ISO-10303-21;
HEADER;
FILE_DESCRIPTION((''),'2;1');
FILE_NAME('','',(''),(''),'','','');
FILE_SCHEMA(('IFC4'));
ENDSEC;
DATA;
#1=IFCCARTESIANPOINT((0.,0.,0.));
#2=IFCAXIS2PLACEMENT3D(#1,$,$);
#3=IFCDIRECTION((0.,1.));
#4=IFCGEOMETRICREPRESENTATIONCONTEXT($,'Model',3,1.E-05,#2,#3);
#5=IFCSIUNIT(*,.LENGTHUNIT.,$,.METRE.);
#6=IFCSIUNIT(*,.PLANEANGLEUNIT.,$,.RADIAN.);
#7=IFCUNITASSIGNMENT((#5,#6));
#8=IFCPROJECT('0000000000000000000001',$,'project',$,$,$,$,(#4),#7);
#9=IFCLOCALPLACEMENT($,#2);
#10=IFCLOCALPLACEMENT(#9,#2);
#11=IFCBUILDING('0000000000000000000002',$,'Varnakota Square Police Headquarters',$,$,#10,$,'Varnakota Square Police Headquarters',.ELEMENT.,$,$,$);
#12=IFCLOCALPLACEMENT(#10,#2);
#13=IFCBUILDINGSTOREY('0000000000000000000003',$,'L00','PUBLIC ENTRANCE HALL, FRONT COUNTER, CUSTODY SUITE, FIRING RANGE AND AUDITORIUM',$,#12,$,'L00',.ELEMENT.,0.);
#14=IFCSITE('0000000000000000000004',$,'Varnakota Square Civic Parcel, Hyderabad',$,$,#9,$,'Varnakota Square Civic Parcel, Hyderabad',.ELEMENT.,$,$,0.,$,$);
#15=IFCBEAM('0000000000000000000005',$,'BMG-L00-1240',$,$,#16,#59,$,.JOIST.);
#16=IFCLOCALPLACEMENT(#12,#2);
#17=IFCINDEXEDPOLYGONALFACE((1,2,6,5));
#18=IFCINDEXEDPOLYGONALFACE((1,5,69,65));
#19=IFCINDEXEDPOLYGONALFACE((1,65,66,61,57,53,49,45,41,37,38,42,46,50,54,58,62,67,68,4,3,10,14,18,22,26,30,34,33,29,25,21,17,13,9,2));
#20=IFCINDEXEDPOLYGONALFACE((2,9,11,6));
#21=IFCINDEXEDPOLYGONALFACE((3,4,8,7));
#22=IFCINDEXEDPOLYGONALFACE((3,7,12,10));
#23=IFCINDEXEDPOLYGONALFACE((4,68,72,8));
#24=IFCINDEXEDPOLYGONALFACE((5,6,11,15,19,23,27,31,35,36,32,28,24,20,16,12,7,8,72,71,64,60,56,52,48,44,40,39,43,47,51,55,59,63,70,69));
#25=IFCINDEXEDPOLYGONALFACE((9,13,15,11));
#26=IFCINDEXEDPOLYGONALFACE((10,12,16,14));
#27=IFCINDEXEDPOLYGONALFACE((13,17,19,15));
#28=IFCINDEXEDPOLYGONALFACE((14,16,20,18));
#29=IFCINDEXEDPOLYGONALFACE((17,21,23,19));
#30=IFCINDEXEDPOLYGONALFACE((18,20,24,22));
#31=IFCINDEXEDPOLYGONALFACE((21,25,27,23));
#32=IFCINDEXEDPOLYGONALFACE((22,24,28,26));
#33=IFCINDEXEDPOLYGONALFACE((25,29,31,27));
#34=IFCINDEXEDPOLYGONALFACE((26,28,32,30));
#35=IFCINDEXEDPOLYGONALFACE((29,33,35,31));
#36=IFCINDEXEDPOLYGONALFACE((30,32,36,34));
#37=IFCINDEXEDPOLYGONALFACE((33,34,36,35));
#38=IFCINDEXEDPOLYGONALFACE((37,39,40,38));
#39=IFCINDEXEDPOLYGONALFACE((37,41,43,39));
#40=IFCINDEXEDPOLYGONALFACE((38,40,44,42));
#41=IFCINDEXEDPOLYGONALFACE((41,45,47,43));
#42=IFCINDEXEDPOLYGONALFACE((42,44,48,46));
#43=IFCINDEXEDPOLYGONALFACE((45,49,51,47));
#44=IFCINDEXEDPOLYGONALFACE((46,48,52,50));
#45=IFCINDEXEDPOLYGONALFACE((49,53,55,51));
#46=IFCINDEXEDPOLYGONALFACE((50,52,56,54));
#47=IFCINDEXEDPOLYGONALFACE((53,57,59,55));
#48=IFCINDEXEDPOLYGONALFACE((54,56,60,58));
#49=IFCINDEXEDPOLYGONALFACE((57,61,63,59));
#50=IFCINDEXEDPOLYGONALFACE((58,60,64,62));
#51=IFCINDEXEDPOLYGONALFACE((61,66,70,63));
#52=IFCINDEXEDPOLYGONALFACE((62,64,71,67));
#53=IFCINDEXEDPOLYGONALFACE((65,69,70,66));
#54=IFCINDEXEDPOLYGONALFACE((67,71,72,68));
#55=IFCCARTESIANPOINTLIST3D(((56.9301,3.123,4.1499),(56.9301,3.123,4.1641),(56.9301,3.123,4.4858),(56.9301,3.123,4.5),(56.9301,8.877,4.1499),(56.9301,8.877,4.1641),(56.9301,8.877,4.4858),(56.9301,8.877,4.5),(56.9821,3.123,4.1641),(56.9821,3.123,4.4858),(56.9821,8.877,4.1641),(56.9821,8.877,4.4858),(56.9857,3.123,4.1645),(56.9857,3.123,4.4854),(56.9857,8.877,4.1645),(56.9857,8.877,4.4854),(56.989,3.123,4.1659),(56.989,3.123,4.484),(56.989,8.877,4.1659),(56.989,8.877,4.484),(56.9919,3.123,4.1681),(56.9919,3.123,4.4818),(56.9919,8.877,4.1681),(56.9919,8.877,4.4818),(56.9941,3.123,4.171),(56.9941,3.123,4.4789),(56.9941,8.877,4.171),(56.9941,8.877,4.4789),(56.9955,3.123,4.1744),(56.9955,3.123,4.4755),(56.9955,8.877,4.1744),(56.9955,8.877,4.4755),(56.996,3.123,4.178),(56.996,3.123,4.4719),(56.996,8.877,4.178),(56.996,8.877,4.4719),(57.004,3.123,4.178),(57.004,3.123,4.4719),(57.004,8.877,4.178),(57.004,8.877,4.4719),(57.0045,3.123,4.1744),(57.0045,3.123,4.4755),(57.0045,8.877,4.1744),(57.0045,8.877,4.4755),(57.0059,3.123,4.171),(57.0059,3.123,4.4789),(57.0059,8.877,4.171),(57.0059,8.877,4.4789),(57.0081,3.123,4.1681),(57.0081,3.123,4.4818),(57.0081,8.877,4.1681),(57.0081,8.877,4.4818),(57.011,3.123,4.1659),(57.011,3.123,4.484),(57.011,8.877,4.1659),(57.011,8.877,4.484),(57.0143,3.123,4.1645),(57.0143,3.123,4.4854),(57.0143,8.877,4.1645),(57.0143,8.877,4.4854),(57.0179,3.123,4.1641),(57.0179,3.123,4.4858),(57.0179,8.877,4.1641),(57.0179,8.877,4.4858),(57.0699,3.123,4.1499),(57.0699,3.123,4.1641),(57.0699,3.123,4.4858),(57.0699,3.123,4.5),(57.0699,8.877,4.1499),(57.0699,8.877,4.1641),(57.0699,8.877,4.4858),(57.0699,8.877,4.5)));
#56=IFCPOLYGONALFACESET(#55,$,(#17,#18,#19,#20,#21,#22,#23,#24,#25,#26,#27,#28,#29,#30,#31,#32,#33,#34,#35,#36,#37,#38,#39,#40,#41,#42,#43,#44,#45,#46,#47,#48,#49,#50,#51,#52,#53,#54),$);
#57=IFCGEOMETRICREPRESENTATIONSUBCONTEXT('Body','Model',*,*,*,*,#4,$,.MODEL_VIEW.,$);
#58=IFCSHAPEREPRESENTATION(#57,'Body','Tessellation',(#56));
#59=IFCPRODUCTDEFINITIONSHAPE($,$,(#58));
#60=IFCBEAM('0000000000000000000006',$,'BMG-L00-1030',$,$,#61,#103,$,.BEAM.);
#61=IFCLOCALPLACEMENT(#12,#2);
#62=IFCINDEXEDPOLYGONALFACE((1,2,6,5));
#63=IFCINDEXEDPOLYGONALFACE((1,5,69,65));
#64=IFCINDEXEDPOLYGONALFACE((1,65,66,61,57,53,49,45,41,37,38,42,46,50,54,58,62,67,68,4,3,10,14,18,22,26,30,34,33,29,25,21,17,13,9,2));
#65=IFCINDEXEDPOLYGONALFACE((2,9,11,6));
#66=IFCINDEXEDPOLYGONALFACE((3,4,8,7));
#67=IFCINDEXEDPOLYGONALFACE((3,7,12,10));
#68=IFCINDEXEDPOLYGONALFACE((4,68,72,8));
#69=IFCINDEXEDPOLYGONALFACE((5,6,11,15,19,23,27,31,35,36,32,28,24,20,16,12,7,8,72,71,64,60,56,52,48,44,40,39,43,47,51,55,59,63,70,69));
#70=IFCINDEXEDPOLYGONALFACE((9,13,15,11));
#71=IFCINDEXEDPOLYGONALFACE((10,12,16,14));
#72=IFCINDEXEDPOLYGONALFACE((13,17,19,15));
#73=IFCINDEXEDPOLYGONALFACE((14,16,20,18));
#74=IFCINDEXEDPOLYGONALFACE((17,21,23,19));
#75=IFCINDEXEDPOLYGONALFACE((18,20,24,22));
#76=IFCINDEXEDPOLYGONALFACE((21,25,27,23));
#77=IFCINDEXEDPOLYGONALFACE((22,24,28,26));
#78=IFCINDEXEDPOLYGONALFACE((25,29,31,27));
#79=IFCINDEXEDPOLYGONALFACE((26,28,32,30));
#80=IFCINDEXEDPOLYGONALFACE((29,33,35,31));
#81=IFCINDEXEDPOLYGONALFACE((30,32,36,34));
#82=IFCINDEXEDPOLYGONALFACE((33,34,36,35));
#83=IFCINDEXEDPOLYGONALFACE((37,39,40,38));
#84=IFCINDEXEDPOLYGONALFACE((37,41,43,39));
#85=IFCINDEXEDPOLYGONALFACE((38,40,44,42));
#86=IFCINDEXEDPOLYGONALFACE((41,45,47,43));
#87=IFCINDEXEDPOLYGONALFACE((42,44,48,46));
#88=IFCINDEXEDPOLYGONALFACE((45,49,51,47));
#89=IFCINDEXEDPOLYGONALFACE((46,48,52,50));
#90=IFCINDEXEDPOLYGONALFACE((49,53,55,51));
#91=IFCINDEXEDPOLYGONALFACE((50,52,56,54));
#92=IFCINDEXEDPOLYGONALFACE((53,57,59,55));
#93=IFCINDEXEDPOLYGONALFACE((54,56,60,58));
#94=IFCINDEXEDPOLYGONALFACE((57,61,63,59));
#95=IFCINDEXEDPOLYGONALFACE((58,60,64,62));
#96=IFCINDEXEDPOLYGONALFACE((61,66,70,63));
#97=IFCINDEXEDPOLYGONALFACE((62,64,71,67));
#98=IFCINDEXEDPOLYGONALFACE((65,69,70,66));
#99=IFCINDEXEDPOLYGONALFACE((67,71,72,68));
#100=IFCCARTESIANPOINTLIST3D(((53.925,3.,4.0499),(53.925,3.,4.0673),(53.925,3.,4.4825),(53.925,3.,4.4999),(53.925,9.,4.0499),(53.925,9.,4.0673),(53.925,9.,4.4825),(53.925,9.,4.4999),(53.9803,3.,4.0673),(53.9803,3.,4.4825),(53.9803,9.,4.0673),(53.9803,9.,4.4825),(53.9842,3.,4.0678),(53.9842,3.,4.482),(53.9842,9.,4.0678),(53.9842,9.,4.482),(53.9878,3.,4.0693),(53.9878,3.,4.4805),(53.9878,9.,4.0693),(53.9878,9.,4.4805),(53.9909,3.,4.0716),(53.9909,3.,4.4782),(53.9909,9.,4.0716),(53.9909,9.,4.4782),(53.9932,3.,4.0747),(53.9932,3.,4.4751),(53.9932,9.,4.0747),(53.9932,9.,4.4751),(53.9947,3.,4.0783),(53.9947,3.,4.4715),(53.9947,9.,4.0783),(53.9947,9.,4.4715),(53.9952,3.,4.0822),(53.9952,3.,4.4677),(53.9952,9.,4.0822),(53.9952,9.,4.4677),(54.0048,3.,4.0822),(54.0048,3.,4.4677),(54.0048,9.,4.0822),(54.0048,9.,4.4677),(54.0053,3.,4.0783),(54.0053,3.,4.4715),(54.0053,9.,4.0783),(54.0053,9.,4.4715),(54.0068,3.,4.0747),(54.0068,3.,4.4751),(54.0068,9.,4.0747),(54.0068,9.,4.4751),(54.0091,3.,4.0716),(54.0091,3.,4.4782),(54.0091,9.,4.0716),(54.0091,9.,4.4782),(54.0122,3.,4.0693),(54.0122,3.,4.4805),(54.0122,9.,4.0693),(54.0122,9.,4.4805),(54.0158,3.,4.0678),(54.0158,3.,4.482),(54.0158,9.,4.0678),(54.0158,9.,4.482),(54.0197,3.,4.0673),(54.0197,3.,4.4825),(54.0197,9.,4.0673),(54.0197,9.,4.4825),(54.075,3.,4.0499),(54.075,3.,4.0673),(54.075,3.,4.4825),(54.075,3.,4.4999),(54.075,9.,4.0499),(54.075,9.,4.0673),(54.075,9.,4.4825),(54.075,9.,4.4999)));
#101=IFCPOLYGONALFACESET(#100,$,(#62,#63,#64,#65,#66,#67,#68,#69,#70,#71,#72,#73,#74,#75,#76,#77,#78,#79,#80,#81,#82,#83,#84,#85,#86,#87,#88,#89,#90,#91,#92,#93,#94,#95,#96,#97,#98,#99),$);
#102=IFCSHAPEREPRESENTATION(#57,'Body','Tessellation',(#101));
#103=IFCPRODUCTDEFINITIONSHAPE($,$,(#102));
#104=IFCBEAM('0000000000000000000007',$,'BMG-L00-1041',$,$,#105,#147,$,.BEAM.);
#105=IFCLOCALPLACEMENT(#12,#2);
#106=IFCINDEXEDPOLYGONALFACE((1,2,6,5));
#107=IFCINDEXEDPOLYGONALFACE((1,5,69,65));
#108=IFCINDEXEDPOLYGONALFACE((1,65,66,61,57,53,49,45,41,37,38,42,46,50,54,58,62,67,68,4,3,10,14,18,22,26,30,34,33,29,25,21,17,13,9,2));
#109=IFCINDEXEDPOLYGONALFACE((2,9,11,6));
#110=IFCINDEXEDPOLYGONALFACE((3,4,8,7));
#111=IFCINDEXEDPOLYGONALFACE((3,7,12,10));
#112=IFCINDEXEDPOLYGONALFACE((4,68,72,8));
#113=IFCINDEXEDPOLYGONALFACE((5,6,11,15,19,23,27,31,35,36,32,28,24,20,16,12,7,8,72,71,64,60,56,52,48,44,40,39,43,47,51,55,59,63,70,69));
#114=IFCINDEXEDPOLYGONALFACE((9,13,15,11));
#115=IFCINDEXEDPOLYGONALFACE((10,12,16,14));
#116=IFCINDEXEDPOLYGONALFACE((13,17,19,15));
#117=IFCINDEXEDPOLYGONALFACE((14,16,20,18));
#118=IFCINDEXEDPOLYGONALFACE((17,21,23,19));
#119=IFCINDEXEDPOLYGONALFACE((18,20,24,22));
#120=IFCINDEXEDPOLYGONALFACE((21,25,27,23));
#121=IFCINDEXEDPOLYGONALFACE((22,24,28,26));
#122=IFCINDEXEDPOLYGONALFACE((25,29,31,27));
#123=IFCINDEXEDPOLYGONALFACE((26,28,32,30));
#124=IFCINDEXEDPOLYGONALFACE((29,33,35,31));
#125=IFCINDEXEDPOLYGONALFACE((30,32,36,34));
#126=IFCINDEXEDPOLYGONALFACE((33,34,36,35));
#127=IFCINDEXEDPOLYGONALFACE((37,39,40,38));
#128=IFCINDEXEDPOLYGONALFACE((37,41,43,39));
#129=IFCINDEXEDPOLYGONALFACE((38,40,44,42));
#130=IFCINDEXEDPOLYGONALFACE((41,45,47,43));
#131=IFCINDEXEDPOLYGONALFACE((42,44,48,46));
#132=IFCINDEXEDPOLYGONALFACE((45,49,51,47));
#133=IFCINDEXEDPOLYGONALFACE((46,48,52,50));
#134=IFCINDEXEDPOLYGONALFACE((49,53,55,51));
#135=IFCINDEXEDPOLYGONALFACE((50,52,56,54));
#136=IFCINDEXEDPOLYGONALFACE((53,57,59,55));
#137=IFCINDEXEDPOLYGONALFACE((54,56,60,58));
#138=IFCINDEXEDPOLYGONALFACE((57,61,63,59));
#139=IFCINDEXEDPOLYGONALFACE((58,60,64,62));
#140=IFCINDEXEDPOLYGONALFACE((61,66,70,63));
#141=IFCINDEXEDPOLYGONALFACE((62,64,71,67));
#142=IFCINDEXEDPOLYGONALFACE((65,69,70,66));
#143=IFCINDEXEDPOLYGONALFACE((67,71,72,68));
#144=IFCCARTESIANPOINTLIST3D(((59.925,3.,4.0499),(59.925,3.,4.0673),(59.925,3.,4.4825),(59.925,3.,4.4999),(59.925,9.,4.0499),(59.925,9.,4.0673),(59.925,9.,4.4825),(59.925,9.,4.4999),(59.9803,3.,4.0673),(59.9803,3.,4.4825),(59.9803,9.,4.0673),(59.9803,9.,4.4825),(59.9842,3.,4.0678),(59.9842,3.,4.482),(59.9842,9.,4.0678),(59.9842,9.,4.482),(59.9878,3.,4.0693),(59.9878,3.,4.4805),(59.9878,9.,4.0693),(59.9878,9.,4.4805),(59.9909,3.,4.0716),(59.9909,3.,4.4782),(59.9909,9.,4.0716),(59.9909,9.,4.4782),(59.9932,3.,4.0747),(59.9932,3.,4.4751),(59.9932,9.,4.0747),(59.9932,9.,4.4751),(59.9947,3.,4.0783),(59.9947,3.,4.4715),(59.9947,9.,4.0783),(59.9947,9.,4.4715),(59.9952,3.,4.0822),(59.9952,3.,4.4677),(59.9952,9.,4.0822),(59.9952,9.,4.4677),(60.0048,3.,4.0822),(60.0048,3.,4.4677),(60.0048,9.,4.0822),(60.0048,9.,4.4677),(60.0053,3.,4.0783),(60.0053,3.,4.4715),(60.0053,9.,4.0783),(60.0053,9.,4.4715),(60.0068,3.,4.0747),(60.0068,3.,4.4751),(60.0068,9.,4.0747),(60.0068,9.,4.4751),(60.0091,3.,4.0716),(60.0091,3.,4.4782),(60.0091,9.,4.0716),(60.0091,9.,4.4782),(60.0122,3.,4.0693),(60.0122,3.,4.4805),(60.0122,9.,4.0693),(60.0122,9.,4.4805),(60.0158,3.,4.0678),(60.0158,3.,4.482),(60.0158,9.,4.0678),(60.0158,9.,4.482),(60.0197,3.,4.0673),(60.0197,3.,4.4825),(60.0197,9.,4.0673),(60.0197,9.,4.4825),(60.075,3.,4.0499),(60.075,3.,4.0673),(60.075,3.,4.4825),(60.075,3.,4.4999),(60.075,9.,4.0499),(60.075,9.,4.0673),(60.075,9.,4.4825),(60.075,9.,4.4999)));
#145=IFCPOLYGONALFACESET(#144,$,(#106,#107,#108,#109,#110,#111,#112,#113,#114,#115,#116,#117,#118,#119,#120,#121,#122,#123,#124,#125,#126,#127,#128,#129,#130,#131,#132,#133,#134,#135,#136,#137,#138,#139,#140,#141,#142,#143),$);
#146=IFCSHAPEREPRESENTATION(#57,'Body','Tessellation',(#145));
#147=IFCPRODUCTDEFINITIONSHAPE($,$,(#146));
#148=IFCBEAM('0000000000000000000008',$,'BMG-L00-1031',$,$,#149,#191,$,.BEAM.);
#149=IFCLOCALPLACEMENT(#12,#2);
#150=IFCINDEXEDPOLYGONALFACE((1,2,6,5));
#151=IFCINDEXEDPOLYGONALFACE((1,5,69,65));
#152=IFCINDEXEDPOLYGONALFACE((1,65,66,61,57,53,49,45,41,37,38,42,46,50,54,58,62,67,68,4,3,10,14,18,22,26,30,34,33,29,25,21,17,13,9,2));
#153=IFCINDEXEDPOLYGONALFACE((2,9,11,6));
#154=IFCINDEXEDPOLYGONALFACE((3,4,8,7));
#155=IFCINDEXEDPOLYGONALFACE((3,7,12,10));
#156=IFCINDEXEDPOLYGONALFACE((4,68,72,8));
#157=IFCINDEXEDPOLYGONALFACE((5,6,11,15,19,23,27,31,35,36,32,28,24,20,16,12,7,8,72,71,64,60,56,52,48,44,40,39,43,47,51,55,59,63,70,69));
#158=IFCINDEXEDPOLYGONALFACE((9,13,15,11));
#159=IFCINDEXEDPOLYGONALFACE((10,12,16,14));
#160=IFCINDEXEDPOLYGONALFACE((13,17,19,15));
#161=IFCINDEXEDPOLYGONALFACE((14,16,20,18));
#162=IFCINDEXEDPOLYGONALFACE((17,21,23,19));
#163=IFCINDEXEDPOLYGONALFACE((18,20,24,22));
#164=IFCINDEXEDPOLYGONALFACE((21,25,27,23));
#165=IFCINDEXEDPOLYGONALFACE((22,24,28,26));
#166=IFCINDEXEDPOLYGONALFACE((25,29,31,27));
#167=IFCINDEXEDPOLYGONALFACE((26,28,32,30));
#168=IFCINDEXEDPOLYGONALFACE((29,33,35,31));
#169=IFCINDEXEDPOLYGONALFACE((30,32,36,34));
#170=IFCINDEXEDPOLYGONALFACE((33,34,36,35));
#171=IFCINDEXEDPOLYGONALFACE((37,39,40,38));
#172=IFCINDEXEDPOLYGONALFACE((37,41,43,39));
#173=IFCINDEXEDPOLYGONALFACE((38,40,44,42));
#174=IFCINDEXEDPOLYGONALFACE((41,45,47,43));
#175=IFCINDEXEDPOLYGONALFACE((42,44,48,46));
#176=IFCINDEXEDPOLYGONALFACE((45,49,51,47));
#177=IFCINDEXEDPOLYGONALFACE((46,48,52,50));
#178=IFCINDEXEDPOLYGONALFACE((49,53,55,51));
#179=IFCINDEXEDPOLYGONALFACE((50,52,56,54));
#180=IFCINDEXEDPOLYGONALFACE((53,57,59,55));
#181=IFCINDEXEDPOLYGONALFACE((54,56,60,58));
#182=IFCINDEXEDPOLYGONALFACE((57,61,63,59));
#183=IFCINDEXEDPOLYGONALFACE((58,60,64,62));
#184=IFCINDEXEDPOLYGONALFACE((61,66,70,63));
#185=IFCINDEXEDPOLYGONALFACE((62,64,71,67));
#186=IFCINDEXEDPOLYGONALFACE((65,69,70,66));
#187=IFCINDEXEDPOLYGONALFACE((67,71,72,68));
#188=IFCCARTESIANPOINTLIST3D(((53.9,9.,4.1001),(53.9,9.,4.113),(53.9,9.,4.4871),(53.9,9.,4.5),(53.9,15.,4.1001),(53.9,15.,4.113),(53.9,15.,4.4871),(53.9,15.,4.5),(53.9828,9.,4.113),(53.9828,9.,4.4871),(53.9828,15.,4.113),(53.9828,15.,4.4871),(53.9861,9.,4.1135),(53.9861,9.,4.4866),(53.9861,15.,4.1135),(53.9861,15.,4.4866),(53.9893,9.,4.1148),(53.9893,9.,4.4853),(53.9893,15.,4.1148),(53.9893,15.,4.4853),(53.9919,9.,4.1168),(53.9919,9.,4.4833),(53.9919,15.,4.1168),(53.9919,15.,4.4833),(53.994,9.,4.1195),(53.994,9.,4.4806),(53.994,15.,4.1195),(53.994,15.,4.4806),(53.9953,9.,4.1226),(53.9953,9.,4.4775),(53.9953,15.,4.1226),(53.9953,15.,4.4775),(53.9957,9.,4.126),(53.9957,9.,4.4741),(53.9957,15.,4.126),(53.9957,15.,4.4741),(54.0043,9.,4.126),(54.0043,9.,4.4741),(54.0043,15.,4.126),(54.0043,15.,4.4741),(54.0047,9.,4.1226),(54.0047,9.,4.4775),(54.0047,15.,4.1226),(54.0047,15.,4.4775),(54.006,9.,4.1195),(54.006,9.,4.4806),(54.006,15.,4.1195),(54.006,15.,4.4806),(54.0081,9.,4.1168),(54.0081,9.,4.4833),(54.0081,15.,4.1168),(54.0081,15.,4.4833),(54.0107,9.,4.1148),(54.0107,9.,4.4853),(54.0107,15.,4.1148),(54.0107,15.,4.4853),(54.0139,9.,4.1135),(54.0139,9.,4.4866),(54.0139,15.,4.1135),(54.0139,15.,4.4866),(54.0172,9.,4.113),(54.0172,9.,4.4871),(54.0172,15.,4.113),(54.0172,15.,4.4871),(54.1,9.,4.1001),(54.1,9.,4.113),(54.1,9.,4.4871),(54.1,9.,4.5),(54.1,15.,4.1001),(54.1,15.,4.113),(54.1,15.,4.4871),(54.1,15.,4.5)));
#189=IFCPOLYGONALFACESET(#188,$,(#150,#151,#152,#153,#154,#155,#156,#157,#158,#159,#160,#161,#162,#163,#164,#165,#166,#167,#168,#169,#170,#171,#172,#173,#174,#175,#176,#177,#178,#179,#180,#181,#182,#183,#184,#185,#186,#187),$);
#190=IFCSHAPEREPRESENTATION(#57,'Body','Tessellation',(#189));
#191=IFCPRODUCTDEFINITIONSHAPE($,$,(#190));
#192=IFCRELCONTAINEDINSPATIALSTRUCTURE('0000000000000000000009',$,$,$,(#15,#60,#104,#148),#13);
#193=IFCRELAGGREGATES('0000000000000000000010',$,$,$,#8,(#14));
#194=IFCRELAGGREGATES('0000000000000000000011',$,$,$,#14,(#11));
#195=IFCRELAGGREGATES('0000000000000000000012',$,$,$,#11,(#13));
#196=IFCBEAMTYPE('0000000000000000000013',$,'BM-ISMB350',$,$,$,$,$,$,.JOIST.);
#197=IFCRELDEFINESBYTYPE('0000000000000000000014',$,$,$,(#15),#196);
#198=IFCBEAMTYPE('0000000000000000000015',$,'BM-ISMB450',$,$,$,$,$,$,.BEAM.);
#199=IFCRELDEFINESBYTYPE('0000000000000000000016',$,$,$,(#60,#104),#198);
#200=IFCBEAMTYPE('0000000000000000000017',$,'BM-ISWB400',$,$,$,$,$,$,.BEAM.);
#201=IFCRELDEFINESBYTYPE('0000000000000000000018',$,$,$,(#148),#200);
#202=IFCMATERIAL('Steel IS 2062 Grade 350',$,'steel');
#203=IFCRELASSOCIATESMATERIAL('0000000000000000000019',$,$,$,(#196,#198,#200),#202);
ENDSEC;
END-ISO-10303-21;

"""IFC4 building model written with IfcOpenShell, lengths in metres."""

from ifc_helpers import new_model, si_unit, direction, frame, origin, origin_2d, place, context, subcontext, project, spatial, i_section, extrude, material, material_profile, profile_set, type_object, element, save


model = new_model("IFC4")

# Units and contexts
model_context = context("Model", 3, precision=1e-05, world=origin(), true_north=direction((0.0, 1.0)))
body_context = subcontext(model_context, "Body", "Model", "MODEL_VIEW")
ifc_project = project(units=[si_unit("LENGTHUNIT", "METRE"), si_unit("PLANEANGLEUNIT", "RADIAN")], contexts=[model_context])

# Site, building, storey
site_placement = place(None, origin())
site = spatial("IfcSite", under=ifc_project, at=site_placement, Name="Varnakota Square Civic Parcel, Hyderabad", LongName="Varnakota Square Civic Parcel, Hyderabad", CompositionType="ELEMENT", RefElevation=0.0)
building_placement = place(site_placement, origin())
building = spatial("IfcBuilding", under=site, at=building_placement, Name="Varnakota Square Police Headquarters", LongName="Varnakota Square Police Headquarters", CompositionType="ELEMENT")
storey_placement = place(building_placement, origin())
storey = spatial("IfcBuildingStorey", under=building, at=storey_placement, Name="L00", Description="PUBLIC ENTRANCE HALL, FRONT COUNTER, CUSTODY SUITE, FIRING RANGE AND AUDITORIUM", LongName="L00", CompositionType="ELEMENT", Elevation=0.0)

# Beams
ifc_material_1 = material(Name="Steel IS 2062 Grade 350", Category="steel")
ifc_material_profile_1 = material_profile(ifc_material_1, i_section(OverallWidth=0.1399, OverallDepth=0.3501, WebThickness=0.0081, FlangeThickness=0.0142, FilletRadius=0.0139, at=origin_2d()), Name="ISMB 350")
ifc_profile_set_1 = profile_set([ifc_material_profile_1], Name="Steel IS 2062 Grade 350")
beam_type_1 = type_object("IfcBeamType", Name="BM-ISMB350", PredefinedType="JOIST", material=ifc_profile_set_1)
beam_1_placement = place(storey_placement, frame((57.0, 3.123, 4.325), z_axis=(0.0, 1.0, 0.0), x_axis=(-1.0, 0.0, 0.0)))
element("IfcBeam", 1, at=beam_1_placement, inside=storey, type_object=beam_type_1, Name="BMG-L00-1240", PredefinedType="JOIST", context=body_context, shape_type="SweptSolid", body=[
    extrude(i_section(OverallWidth=0.1399, OverallDepth=0.3501, WebThickness=0.0081, FlangeThickness=0.0142, FilletRadius=0.0139, at=origin_2d()), origin(), (0.0, 0.0, 1.0), 5.7539),
])
ifc_material_profile_2 = material_profile(ifc_material_1, i_section(OverallWidth=0.1499, OverallDepth=0.45, WebThickness=0.0095, FlangeThickness=0.0173, FilletRadius=0.0149, at=origin_2d()), Name="ISMB 450")
ifc_profile_set_2 = profile_set([ifc_material_profile_2], Name="Steel IS 2062 Grade 350")
beam_type_2 = type_object("IfcBeamType", Name="BM-ISMB450", PredefinedType="BEAM", material=ifc_profile_set_2)
for number, where, z_axis, x_axis, name in (
    (2, (54.0, 3.0, 4.2749), (0.0, 1.0, 0.0), (-1.0, 0.0, 0.0), "BMG-L00-1030"),
    (3, (60.0, 3.0, 4.2749), (0.0, 1.0, 0.0), (-1.0, 0.0, 0.0), "BMG-L00-1041"),
):
    element("IfcBeam", number, at=place(storey_placement, frame(where, z_axis=z_axis, x_axis=x_axis)), inside=storey, type_object=beam_type_2, Name=name, PredefinedType="BEAM", context=body_context, shape_type="SweptSolid", body=[
        extrude(i_section(OverallWidth=0.1499, OverallDepth=0.45, WebThickness=0.0095, FlangeThickness=0.0173, FilletRadius=0.0149, at=origin_2d()), origin(), (0.0, 0.0, 1.0), 6.0),
    ])
ifc_material_profile_3 = material_profile(ifc_material_1, i_section(OverallWidth=0.2, OverallDepth=0.3999, WebThickness=0.0085, FlangeThickness=0.0129, FilletRadius=0.0129, at=origin_2d()), Name="ISWB 400")
ifc_profile_set_3 = profile_set([ifc_material_profile_3], Name="Steel IS 2062 Grade 350")
beam_type_3 = type_object("IfcBeamType", Name="BM-ISWB400", PredefinedType="BEAM", material=ifc_profile_set_3)
for number, where, z_axis, x_axis, name in (
    (4, (54.0, 9.0, 4.3), (0.0, 1.0, 0.0), (-1.0, 0.0, 0.0), "BMG-L00-1031"),
):
    element("IfcBeam", number, at=place(storey_placement, frame(where, z_axis=z_axis, x_axis=x_axis)), inside=storey, type_object=beam_type_3, Name=name, PredefinedType="BEAM", context=body_context, shape_type="SweptSolid", body=[
        extrude(i_section(OverallWidth=0.2, OverallDepth=0.3999, WebThickness=0.0085, FlangeThickness=0.0129, FilletRadius=0.0129, at=origin_2d()), origin(), (0.0, 0.0, 1.0), 6.0),
    ])

save(model, "model.ifc")
